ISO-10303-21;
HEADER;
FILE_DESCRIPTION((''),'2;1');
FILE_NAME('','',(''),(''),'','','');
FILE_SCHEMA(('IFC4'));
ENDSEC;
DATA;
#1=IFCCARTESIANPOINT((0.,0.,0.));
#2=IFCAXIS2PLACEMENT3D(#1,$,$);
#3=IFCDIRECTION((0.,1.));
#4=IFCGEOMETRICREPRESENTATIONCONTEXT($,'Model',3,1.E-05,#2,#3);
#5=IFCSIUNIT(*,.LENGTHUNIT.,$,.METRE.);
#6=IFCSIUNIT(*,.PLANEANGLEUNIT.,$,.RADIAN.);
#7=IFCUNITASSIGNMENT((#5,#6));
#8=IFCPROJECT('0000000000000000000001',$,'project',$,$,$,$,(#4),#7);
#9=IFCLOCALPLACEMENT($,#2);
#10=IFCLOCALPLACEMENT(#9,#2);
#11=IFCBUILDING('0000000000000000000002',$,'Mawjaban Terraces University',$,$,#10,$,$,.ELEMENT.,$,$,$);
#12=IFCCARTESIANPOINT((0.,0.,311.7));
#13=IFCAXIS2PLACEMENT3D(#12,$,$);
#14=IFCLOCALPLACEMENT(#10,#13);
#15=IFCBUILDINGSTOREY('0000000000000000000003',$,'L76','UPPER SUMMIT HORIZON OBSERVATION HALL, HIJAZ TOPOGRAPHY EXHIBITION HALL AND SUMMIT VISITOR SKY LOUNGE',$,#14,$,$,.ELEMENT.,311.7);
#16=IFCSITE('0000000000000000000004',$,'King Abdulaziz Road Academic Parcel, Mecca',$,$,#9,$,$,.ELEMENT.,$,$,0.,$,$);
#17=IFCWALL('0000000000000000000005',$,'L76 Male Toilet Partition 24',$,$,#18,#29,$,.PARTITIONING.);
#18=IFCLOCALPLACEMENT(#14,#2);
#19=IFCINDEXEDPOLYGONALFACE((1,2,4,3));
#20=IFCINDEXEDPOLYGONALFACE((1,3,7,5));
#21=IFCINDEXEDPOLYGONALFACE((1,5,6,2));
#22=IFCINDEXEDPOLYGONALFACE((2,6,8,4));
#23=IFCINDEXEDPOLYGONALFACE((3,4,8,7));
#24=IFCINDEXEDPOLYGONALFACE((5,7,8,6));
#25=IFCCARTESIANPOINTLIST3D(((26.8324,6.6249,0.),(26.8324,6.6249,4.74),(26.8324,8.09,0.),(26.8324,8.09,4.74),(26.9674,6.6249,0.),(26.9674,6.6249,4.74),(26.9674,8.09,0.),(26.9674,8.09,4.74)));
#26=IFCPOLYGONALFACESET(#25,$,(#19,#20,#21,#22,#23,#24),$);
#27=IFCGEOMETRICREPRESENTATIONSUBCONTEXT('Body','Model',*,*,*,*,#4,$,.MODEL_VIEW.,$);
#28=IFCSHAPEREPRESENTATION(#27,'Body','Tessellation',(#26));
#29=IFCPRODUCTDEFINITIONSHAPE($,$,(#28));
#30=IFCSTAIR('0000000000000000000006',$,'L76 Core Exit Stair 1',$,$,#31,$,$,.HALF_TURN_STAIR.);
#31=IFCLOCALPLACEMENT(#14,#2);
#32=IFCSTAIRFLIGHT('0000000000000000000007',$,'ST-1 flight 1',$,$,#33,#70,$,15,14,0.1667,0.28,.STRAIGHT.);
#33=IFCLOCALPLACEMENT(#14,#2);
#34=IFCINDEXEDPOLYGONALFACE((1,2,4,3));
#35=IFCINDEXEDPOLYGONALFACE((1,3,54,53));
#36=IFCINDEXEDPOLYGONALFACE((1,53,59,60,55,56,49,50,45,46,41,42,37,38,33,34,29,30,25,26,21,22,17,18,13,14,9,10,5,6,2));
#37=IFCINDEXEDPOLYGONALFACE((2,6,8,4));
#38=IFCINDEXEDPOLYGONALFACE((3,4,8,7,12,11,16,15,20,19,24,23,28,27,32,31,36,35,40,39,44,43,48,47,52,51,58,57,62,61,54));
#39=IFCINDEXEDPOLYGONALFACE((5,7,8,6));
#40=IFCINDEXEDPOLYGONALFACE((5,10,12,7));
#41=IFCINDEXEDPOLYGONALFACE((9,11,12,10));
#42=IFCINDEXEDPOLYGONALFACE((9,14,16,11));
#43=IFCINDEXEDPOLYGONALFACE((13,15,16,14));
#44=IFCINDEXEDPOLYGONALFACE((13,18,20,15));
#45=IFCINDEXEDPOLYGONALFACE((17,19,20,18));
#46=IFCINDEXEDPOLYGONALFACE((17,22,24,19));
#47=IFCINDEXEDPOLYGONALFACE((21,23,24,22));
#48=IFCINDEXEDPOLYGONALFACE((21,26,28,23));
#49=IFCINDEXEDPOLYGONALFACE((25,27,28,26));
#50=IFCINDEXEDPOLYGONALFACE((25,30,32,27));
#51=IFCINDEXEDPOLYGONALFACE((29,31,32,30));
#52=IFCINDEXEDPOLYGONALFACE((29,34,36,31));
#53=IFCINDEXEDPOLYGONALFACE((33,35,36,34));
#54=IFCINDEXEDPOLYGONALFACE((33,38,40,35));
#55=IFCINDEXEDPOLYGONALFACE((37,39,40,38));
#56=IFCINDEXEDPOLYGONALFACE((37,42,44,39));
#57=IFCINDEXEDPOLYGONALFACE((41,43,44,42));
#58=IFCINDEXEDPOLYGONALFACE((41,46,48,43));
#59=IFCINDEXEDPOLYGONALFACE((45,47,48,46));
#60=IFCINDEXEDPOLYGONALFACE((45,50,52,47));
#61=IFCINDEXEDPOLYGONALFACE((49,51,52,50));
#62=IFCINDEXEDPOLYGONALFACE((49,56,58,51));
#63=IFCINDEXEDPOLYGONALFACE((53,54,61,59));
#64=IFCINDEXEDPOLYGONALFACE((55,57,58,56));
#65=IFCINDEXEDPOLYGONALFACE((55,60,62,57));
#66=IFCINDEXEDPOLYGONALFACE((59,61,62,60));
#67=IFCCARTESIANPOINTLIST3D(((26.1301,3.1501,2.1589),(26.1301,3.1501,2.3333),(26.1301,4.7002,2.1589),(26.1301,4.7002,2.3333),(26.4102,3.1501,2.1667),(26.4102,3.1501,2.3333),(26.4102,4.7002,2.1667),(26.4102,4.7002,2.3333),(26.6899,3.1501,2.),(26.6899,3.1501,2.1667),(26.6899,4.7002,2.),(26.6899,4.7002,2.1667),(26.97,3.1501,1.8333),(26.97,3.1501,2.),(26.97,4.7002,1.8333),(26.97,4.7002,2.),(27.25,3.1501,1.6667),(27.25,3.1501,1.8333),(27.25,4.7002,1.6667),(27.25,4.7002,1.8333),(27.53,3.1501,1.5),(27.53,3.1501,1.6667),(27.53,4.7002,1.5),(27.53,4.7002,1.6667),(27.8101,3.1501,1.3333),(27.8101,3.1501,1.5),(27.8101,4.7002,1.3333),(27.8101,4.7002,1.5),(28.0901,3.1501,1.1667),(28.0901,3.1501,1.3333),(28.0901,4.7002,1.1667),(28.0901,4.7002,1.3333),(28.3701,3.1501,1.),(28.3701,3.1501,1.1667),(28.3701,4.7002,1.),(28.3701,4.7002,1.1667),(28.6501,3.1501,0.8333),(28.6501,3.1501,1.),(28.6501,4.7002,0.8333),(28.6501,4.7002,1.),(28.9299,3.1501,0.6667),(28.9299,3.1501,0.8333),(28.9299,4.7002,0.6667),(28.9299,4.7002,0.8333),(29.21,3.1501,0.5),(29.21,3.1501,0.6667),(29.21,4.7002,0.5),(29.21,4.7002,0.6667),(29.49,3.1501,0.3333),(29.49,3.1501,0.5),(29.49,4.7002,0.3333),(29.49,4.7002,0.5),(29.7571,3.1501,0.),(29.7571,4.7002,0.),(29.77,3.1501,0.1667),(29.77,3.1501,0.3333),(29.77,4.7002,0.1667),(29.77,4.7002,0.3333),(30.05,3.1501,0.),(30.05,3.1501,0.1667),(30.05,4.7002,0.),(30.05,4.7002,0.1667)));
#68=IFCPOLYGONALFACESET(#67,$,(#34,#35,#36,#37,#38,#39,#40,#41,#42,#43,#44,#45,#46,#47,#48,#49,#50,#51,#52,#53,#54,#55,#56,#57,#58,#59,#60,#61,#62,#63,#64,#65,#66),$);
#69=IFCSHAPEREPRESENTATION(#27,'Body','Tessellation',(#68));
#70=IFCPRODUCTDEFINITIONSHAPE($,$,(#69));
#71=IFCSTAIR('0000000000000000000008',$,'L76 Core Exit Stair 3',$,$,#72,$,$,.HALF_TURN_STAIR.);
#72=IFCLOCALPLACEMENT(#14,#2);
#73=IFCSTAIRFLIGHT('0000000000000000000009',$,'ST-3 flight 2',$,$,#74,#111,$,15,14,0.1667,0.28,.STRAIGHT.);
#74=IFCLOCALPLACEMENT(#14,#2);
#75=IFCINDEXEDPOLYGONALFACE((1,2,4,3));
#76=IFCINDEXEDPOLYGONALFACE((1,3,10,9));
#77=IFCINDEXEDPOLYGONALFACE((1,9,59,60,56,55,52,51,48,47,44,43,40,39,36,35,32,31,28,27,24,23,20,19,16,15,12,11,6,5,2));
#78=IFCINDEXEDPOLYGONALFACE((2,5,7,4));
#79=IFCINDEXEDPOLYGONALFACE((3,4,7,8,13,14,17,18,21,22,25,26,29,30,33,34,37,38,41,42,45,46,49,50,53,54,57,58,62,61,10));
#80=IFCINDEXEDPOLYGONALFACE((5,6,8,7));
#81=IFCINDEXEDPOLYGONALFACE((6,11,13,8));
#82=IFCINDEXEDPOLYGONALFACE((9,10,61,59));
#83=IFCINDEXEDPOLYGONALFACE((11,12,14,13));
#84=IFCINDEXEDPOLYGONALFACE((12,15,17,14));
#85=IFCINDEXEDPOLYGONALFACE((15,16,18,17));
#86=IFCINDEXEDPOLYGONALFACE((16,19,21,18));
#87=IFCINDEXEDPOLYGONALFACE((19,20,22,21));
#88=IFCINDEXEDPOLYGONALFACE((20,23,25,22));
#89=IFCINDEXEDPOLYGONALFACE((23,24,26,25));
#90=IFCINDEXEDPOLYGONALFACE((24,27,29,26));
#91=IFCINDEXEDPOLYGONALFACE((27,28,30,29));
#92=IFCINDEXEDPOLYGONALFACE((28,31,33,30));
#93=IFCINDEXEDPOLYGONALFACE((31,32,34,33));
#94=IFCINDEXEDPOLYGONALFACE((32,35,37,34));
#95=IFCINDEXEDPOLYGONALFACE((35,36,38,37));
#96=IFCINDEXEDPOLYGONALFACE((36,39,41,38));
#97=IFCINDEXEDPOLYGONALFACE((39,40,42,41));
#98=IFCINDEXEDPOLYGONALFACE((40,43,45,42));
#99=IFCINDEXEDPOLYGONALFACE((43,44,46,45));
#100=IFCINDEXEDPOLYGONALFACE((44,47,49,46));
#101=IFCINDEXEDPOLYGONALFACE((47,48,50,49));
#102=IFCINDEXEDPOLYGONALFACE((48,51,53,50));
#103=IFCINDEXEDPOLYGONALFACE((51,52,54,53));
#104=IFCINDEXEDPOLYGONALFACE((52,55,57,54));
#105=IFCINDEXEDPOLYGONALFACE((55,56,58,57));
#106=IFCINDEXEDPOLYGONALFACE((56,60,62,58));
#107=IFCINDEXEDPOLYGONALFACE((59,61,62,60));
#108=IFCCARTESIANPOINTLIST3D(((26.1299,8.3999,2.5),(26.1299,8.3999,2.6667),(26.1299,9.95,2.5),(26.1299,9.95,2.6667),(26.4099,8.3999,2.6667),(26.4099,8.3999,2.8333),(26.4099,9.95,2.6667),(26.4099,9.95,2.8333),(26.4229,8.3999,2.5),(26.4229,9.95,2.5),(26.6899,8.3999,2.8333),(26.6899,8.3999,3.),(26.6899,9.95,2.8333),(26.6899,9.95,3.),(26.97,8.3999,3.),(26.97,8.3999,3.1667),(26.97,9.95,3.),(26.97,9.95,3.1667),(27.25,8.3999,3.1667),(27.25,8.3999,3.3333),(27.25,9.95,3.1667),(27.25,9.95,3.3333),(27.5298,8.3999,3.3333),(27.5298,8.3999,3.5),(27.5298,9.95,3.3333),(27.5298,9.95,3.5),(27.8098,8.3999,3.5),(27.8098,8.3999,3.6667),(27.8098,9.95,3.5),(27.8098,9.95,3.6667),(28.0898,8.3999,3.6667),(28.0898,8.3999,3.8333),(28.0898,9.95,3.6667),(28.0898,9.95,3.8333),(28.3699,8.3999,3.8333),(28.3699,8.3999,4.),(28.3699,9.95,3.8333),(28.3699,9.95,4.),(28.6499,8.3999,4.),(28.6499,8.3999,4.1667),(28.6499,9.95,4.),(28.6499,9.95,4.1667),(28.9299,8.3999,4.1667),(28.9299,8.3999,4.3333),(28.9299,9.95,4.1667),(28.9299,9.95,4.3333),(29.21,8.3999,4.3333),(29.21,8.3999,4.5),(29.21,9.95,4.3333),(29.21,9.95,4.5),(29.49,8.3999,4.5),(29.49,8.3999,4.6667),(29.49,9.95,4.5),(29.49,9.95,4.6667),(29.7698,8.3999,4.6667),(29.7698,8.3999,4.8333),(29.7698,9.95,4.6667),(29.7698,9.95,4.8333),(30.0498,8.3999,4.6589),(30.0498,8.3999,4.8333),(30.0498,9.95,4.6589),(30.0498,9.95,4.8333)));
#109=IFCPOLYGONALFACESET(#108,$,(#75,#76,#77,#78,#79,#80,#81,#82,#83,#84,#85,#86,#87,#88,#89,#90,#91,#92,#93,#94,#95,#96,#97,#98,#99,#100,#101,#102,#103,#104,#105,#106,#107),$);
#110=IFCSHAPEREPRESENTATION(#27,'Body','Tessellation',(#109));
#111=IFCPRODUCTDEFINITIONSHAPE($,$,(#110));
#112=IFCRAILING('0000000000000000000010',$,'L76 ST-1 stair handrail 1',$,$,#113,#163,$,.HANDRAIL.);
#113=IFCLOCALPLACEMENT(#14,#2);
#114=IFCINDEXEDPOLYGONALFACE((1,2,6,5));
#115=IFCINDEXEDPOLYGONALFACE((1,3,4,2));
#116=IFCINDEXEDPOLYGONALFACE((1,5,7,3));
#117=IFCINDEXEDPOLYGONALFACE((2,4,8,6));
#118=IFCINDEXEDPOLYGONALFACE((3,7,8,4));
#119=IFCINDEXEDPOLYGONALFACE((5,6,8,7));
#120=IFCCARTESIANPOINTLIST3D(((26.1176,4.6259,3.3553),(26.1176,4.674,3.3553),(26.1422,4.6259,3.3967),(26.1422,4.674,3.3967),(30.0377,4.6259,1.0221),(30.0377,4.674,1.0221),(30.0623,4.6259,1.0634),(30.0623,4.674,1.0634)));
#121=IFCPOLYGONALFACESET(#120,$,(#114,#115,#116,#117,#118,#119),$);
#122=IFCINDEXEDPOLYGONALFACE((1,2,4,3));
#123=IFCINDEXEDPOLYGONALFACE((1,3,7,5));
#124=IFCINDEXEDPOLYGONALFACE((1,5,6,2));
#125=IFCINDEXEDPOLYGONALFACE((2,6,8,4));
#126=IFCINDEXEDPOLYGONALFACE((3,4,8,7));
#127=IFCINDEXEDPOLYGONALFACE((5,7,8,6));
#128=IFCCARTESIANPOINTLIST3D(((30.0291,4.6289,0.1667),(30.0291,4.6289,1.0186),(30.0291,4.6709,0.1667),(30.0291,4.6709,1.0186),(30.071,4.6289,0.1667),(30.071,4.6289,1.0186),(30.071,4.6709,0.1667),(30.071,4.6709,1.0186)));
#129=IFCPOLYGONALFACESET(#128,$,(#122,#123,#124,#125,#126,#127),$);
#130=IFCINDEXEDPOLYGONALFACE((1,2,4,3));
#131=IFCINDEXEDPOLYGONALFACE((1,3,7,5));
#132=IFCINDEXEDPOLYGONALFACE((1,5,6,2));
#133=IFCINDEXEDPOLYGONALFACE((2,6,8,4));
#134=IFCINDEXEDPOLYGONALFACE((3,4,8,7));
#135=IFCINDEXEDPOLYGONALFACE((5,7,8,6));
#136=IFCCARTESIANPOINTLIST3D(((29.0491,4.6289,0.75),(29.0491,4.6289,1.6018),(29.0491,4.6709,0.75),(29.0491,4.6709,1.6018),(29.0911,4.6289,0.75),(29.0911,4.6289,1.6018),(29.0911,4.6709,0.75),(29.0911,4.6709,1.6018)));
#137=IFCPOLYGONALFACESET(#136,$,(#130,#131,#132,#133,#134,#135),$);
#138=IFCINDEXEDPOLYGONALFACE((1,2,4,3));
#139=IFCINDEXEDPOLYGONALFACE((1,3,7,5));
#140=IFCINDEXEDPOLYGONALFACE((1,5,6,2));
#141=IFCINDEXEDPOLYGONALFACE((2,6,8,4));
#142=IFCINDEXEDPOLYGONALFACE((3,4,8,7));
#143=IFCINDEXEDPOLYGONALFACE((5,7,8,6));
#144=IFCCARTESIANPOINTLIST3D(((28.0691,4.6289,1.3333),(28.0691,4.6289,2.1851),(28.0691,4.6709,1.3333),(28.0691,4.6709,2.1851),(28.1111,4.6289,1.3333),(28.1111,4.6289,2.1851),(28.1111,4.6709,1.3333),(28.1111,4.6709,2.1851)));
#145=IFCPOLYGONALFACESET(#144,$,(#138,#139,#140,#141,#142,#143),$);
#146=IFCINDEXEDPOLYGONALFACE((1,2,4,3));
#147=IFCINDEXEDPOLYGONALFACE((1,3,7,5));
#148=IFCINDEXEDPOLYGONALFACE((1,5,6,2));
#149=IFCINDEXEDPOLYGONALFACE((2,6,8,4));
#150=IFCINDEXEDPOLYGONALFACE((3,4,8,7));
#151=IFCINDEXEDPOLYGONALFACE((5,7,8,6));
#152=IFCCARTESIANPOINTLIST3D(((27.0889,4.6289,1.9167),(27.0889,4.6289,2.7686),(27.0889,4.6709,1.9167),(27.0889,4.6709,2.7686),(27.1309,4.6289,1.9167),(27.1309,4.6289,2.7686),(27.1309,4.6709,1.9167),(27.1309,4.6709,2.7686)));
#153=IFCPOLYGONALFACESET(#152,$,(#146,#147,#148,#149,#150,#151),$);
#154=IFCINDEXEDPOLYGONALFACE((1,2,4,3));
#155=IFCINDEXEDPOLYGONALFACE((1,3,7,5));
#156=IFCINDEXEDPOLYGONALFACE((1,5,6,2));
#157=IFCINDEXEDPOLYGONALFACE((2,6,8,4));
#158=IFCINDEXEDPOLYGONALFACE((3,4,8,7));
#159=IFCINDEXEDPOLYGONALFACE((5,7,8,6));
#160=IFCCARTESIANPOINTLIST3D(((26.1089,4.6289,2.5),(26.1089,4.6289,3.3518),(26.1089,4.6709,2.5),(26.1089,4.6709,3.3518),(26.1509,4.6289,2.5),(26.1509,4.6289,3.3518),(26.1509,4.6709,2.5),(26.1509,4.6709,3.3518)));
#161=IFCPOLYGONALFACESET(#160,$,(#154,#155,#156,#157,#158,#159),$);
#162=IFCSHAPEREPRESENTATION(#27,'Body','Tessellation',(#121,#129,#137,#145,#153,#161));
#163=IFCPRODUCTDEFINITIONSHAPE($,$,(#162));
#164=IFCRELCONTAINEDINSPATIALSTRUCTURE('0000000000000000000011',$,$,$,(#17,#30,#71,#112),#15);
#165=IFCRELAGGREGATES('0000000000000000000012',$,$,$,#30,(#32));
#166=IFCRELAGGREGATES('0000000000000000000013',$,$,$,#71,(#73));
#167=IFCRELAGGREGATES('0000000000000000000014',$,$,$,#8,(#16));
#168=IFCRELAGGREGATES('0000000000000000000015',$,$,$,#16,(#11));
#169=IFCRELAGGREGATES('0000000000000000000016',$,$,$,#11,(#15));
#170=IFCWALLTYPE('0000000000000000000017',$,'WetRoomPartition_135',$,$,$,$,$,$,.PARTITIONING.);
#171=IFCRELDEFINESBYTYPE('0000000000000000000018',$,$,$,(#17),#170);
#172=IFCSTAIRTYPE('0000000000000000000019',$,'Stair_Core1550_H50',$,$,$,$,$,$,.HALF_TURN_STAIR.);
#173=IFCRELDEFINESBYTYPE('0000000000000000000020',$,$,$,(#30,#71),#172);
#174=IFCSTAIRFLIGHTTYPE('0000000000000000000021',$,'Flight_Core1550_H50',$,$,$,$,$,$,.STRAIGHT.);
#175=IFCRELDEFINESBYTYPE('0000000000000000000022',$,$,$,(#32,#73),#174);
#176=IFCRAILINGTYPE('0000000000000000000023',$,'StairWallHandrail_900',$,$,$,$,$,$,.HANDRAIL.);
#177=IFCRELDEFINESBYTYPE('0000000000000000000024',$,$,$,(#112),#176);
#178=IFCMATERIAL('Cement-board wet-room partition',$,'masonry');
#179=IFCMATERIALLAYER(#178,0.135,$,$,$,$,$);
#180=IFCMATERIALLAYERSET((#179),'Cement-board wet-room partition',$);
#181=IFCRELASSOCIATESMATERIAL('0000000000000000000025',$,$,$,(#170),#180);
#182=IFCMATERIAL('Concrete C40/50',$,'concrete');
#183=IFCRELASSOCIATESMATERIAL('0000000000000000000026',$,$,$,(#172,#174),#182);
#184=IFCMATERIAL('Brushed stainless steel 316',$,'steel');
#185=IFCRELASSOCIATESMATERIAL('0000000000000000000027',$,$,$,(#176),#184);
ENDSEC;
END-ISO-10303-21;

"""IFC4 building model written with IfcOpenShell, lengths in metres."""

from ifc_helpers import new_model, si_unit, direction, frame, frame_2d, origin, origin_2d, place, context, subcontext, project, spatial, polyline, rectangle, outline, extrude, material, layer, layer_set, type_object, element, aggregate, save


model = new_model("IFC4")

# Units and contexts
model_context = context("Model", 3, precision=1e-05, world=origin(), true_north=direction((0.0, 1.0)))
body_context = subcontext(model_context, "Body", "Model", "MODEL_VIEW")
ifc_project = project(units=[si_unit("LENGTHUNIT", "METRE"), si_unit("PLANEANGLEUNIT", "RADIAN")], contexts=[model_context])

# Site, building, storey
site_placement = place(None, origin())
site = spatial("IfcSite", under=ifc_project, at=site_placement, Name="King Abdulaziz Road Academic Parcel, Mecca", CompositionType="ELEMENT", RefElevation=0.0)
building_placement = place(site_placement, origin())
building = spatial("IfcBuilding", under=site, at=building_placement, Name="Mawjaban Terraces University", CompositionType="ELEMENT")
storey_placement = place(building_placement, frame((0.0, 0.0, 311.7)))
storey = spatial("IfcBuildingStorey", under=building, at=storey_placement, Name="L76", Description="UPPER SUMMIT HORIZON OBSERVATION HALL, HIJAZ TOPOGRAPHY EXHIBITION HALL AND SUMMIT VISITOR SKY LOUNGE", CompositionType="ELEMENT", Elevation=311.7)

# Shared definitions
ifc_material_1 = material(Name="Concrete C40/50", Category="concrete")

# Wall
ifc_material_2 = material(Name="Cement-board wet-room partition", Category="masonry")
ifc_layer_1 = layer(ifc_material_2, 0.135)
ifc_layer_set_1 = layer_set([ifc_layer_1], Name="Cement-board wet-room partition")
wall_type_1 = type_object("IfcWallType", Name="WetRoomPartition_135", PredefinedType="PARTITIONING", material=ifc_layer_set_1)
wall_1_placement = place(storey_placement, frame((26.8999, 6.625, 0.0), z_axis=(0.0, 0.0, 1.0), x_axis=(0.0, 1.0, 0.0)))
element("IfcWall", 1, at=wall_1_placement, inside=storey, type_object=wall_type_1, Name="L76 Male Toilet Partition 24", PredefinedType="PARTITIONING", context=body_context, shape_type="SweptSolid", body=[
    extrude(rectangle(XDim=1.4651, YDim=0.135, at=frame_2d((0.7324, 0.0))), origin(), (0.0, 0.0, 1.0), 4.74),
])

# Stairs, stair flights
stair_type = type_object("IfcStairType", Name="Stair_Core1550_H50", PredefinedType="HALF_TURN_STAIR", material=ifc_material_1)
stair_1_placement = place(storey_placement, origin())
stair_1 = element("IfcStair", 2, at=stair_1_placement, inside=storey, type_object=stair_type, Name="L76 Core Exit Stair 1", PredefinedType="HALF_TURN_STAIR")
stair_flight_type = type_object("IfcStairFlightType", Name="Flight_Core1550_H50", PredefinedType="STRAIGHT", material=ifc_material_1)
stair_flight_1_placement = place(storey_placement, frame((30.05, 3.925, 0.0), z_axis=(0.0, 0.0, 1.0), x_axis=(-1.0, 0.0, 0.0)))
stair_flight_1 = element("IfcStairFlight", 3, at=stair_flight_1_placement, type_object=stair_flight_type, Name="ST-1 flight 1", NumberOfRisers=15, NumberOfTreads=14, PredefinedType="STRAIGHT", RiserHeight=0.1667, TreadLength=0.28, context=body_context, shape_type="SweptSolid", body=[
    extrude(outline(polyline([(0.0, 0.0), (0.0, 0.1667), (0.28, 0.1667), (0.28, 0.3333), (0.5601, 0.3333), (0.5601, 0.5), (0.8401, 0.5), (0.8401, 0.6667), (1.1201, 0.6667), (1.1201, 0.8333), (1.3999, 0.8333), (1.3999, 1.0), (1.6799, 1.0), (1.6799, 1.1667), (1.96, 1.1667), (1.96, 1.3333), (2.24, 1.3333), (2.24, 1.5), (2.52, 1.5), (2.52, 1.6667), (2.8, 1.6667), (2.8, 1.8333), (3.0801, 1.8333), (3.0801, 2.0), (3.3601, 2.0), (3.3601, 2.1667), (3.6399, 2.1667), (3.6399, 2.3333), (3.9199, 2.3333), (3.9199, 2.5), (3.9199, 2.1589), (0.293, 0.0), (0.0, 0.0)])), frame((0.0, 0.7749, 0.0), z_axis=(0.0, -1.0, 0.0), x_axis=(1.0, 0.0, 0.0)), (0.0, 0.0, 1.0), 1.55),
])
aggregate(stair_1, [stair_flight_1])
stair_2_placement = place(storey_placement, origin())
stair_2 = element("IfcStair", 4, at=stair_2_placement, inside=storey, type_object=stair_type, Name="L76 Core Exit Stair 3", PredefinedType="HALF_TURN_STAIR")
stair_flight_2_placement = place(storey_placement, frame((26.1299, 9.175, 2.5), z_axis=(0.0, 0.0, 1.0), x_axis=(1.0, 0.0, 0.0)))
stair_flight_2 = element("IfcStairFlight", 5, at=stair_flight_2_placement, type_object=stair_flight_type, Name="ST-3 flight 2", NumberOfRisers=15, NumberOfTreads=14, PredefinedType="STRAIGHT", RiserHeight=0.1667, TreadLength=0.28, context=body_context, shape_type="SweptSolid", body=[
    extrude(outline(polyline([(0.0, 0.0), (0.0, 0.1667), (0.28, 0.1667), (0.28, 0.3333), (0.5601, 0.3333), (0.5601, 0.5), (0.8401, 0.5), (0.8401, 0.6667), (1.1201, 0.6667), (1.1201, 0.8333), (1.3999, 0.8333), (1.3999, 1.0), (1.6799, 1.0), (1.6799, 1.1667), (1.96, 1.1667), (1.96, 1.3333), (2.24, 1.3333), (2.24, 1.5), (2.52, 1.5), (2.52, 1.6667), (2.8, 1.6667), (2.8, 1.8333), (3.0801, 1.8333), (3.0801, 2.0), (3.3601, 2.0), (3.3601, 2.1667), (3.6399, 2.1667), (3.6399, 2.3333), (3.9199, 2.3333), (3.9199, 2.5), (3.9199, 2.1589), (0.293, 0.0), (0.0, 0.0)])), frame((0.0, 0.7749, 0.0), z_axis=(0.0, -1.0, 0.0), x_axis=(1.0, 0.0, 0.0)), (0.0, 0.0, 1.0), 1.55),
])
aggregate(stair_2, [stair_flight_2])

# Railing
ifc_material_3 = material(Name="Brushed stainless steel 316", Category="steel")
railing_type_1 = type_object("IfcRailingType", Name="StairWallHandrail_900", PredefinedType="HANDRAIL", material=ifc_material_3)
railing_1_placement = place(storey_placement, frame((30.05, 4.6499, 0.1667)))
element("IfcRailing", 6, at=railing_1_placement, inside=storey, type_object=railing_type_1, Name="L76 ST-1 stair handrail 1", PredefinedType="HANDRAIL", context=body_context, shape_type="SweptSolid", body=[
    extrude(rectangle(XDim=0.0481, YDim=0.0481, at=origin_2d()), frame((0.0, 0.0, 0.876), z_axis=(-0.85931, 0.0, 0.511455), x_axis=(0.0, -1.0, 0.0)), (0.0, 0.0, 1.0), 4.562),
    extrude(rectangle(XDim=0.042, YDim=0.042, at=origin_2d()), origin(), (0.0, 0.0, 1.0), 0.8518),
    extrude(rectangle(XDim=0.042, YDim=0.042, at=origin_2d()), frame((-0.98, 0.0, 0.5833)), (0.0, 0.0, 1.0), 0.8518),
    extrude(rectangle(XDim=0.042, YDim=0.042, at=origin_2d()), frame((-1.96, 0.0, 1.1665)), (0.0, 0.0, 1.0), 0.8518),
    extrude(rectangle(XDim=0.042, YDim=0.042, at=origin_2d()), frame((-2.9402, 0.0, 1.75)), (0.0, 0.0, 1.0), 0.8518),
    extrude(rectangle(XDim=0.042, YDim=0.042, at=origin_2d()), frame((-3.9202, 0.0, 2.3333)), (0.0, 0.0, 1.0), 0.8518),
])

save(model, "model.ifc")
